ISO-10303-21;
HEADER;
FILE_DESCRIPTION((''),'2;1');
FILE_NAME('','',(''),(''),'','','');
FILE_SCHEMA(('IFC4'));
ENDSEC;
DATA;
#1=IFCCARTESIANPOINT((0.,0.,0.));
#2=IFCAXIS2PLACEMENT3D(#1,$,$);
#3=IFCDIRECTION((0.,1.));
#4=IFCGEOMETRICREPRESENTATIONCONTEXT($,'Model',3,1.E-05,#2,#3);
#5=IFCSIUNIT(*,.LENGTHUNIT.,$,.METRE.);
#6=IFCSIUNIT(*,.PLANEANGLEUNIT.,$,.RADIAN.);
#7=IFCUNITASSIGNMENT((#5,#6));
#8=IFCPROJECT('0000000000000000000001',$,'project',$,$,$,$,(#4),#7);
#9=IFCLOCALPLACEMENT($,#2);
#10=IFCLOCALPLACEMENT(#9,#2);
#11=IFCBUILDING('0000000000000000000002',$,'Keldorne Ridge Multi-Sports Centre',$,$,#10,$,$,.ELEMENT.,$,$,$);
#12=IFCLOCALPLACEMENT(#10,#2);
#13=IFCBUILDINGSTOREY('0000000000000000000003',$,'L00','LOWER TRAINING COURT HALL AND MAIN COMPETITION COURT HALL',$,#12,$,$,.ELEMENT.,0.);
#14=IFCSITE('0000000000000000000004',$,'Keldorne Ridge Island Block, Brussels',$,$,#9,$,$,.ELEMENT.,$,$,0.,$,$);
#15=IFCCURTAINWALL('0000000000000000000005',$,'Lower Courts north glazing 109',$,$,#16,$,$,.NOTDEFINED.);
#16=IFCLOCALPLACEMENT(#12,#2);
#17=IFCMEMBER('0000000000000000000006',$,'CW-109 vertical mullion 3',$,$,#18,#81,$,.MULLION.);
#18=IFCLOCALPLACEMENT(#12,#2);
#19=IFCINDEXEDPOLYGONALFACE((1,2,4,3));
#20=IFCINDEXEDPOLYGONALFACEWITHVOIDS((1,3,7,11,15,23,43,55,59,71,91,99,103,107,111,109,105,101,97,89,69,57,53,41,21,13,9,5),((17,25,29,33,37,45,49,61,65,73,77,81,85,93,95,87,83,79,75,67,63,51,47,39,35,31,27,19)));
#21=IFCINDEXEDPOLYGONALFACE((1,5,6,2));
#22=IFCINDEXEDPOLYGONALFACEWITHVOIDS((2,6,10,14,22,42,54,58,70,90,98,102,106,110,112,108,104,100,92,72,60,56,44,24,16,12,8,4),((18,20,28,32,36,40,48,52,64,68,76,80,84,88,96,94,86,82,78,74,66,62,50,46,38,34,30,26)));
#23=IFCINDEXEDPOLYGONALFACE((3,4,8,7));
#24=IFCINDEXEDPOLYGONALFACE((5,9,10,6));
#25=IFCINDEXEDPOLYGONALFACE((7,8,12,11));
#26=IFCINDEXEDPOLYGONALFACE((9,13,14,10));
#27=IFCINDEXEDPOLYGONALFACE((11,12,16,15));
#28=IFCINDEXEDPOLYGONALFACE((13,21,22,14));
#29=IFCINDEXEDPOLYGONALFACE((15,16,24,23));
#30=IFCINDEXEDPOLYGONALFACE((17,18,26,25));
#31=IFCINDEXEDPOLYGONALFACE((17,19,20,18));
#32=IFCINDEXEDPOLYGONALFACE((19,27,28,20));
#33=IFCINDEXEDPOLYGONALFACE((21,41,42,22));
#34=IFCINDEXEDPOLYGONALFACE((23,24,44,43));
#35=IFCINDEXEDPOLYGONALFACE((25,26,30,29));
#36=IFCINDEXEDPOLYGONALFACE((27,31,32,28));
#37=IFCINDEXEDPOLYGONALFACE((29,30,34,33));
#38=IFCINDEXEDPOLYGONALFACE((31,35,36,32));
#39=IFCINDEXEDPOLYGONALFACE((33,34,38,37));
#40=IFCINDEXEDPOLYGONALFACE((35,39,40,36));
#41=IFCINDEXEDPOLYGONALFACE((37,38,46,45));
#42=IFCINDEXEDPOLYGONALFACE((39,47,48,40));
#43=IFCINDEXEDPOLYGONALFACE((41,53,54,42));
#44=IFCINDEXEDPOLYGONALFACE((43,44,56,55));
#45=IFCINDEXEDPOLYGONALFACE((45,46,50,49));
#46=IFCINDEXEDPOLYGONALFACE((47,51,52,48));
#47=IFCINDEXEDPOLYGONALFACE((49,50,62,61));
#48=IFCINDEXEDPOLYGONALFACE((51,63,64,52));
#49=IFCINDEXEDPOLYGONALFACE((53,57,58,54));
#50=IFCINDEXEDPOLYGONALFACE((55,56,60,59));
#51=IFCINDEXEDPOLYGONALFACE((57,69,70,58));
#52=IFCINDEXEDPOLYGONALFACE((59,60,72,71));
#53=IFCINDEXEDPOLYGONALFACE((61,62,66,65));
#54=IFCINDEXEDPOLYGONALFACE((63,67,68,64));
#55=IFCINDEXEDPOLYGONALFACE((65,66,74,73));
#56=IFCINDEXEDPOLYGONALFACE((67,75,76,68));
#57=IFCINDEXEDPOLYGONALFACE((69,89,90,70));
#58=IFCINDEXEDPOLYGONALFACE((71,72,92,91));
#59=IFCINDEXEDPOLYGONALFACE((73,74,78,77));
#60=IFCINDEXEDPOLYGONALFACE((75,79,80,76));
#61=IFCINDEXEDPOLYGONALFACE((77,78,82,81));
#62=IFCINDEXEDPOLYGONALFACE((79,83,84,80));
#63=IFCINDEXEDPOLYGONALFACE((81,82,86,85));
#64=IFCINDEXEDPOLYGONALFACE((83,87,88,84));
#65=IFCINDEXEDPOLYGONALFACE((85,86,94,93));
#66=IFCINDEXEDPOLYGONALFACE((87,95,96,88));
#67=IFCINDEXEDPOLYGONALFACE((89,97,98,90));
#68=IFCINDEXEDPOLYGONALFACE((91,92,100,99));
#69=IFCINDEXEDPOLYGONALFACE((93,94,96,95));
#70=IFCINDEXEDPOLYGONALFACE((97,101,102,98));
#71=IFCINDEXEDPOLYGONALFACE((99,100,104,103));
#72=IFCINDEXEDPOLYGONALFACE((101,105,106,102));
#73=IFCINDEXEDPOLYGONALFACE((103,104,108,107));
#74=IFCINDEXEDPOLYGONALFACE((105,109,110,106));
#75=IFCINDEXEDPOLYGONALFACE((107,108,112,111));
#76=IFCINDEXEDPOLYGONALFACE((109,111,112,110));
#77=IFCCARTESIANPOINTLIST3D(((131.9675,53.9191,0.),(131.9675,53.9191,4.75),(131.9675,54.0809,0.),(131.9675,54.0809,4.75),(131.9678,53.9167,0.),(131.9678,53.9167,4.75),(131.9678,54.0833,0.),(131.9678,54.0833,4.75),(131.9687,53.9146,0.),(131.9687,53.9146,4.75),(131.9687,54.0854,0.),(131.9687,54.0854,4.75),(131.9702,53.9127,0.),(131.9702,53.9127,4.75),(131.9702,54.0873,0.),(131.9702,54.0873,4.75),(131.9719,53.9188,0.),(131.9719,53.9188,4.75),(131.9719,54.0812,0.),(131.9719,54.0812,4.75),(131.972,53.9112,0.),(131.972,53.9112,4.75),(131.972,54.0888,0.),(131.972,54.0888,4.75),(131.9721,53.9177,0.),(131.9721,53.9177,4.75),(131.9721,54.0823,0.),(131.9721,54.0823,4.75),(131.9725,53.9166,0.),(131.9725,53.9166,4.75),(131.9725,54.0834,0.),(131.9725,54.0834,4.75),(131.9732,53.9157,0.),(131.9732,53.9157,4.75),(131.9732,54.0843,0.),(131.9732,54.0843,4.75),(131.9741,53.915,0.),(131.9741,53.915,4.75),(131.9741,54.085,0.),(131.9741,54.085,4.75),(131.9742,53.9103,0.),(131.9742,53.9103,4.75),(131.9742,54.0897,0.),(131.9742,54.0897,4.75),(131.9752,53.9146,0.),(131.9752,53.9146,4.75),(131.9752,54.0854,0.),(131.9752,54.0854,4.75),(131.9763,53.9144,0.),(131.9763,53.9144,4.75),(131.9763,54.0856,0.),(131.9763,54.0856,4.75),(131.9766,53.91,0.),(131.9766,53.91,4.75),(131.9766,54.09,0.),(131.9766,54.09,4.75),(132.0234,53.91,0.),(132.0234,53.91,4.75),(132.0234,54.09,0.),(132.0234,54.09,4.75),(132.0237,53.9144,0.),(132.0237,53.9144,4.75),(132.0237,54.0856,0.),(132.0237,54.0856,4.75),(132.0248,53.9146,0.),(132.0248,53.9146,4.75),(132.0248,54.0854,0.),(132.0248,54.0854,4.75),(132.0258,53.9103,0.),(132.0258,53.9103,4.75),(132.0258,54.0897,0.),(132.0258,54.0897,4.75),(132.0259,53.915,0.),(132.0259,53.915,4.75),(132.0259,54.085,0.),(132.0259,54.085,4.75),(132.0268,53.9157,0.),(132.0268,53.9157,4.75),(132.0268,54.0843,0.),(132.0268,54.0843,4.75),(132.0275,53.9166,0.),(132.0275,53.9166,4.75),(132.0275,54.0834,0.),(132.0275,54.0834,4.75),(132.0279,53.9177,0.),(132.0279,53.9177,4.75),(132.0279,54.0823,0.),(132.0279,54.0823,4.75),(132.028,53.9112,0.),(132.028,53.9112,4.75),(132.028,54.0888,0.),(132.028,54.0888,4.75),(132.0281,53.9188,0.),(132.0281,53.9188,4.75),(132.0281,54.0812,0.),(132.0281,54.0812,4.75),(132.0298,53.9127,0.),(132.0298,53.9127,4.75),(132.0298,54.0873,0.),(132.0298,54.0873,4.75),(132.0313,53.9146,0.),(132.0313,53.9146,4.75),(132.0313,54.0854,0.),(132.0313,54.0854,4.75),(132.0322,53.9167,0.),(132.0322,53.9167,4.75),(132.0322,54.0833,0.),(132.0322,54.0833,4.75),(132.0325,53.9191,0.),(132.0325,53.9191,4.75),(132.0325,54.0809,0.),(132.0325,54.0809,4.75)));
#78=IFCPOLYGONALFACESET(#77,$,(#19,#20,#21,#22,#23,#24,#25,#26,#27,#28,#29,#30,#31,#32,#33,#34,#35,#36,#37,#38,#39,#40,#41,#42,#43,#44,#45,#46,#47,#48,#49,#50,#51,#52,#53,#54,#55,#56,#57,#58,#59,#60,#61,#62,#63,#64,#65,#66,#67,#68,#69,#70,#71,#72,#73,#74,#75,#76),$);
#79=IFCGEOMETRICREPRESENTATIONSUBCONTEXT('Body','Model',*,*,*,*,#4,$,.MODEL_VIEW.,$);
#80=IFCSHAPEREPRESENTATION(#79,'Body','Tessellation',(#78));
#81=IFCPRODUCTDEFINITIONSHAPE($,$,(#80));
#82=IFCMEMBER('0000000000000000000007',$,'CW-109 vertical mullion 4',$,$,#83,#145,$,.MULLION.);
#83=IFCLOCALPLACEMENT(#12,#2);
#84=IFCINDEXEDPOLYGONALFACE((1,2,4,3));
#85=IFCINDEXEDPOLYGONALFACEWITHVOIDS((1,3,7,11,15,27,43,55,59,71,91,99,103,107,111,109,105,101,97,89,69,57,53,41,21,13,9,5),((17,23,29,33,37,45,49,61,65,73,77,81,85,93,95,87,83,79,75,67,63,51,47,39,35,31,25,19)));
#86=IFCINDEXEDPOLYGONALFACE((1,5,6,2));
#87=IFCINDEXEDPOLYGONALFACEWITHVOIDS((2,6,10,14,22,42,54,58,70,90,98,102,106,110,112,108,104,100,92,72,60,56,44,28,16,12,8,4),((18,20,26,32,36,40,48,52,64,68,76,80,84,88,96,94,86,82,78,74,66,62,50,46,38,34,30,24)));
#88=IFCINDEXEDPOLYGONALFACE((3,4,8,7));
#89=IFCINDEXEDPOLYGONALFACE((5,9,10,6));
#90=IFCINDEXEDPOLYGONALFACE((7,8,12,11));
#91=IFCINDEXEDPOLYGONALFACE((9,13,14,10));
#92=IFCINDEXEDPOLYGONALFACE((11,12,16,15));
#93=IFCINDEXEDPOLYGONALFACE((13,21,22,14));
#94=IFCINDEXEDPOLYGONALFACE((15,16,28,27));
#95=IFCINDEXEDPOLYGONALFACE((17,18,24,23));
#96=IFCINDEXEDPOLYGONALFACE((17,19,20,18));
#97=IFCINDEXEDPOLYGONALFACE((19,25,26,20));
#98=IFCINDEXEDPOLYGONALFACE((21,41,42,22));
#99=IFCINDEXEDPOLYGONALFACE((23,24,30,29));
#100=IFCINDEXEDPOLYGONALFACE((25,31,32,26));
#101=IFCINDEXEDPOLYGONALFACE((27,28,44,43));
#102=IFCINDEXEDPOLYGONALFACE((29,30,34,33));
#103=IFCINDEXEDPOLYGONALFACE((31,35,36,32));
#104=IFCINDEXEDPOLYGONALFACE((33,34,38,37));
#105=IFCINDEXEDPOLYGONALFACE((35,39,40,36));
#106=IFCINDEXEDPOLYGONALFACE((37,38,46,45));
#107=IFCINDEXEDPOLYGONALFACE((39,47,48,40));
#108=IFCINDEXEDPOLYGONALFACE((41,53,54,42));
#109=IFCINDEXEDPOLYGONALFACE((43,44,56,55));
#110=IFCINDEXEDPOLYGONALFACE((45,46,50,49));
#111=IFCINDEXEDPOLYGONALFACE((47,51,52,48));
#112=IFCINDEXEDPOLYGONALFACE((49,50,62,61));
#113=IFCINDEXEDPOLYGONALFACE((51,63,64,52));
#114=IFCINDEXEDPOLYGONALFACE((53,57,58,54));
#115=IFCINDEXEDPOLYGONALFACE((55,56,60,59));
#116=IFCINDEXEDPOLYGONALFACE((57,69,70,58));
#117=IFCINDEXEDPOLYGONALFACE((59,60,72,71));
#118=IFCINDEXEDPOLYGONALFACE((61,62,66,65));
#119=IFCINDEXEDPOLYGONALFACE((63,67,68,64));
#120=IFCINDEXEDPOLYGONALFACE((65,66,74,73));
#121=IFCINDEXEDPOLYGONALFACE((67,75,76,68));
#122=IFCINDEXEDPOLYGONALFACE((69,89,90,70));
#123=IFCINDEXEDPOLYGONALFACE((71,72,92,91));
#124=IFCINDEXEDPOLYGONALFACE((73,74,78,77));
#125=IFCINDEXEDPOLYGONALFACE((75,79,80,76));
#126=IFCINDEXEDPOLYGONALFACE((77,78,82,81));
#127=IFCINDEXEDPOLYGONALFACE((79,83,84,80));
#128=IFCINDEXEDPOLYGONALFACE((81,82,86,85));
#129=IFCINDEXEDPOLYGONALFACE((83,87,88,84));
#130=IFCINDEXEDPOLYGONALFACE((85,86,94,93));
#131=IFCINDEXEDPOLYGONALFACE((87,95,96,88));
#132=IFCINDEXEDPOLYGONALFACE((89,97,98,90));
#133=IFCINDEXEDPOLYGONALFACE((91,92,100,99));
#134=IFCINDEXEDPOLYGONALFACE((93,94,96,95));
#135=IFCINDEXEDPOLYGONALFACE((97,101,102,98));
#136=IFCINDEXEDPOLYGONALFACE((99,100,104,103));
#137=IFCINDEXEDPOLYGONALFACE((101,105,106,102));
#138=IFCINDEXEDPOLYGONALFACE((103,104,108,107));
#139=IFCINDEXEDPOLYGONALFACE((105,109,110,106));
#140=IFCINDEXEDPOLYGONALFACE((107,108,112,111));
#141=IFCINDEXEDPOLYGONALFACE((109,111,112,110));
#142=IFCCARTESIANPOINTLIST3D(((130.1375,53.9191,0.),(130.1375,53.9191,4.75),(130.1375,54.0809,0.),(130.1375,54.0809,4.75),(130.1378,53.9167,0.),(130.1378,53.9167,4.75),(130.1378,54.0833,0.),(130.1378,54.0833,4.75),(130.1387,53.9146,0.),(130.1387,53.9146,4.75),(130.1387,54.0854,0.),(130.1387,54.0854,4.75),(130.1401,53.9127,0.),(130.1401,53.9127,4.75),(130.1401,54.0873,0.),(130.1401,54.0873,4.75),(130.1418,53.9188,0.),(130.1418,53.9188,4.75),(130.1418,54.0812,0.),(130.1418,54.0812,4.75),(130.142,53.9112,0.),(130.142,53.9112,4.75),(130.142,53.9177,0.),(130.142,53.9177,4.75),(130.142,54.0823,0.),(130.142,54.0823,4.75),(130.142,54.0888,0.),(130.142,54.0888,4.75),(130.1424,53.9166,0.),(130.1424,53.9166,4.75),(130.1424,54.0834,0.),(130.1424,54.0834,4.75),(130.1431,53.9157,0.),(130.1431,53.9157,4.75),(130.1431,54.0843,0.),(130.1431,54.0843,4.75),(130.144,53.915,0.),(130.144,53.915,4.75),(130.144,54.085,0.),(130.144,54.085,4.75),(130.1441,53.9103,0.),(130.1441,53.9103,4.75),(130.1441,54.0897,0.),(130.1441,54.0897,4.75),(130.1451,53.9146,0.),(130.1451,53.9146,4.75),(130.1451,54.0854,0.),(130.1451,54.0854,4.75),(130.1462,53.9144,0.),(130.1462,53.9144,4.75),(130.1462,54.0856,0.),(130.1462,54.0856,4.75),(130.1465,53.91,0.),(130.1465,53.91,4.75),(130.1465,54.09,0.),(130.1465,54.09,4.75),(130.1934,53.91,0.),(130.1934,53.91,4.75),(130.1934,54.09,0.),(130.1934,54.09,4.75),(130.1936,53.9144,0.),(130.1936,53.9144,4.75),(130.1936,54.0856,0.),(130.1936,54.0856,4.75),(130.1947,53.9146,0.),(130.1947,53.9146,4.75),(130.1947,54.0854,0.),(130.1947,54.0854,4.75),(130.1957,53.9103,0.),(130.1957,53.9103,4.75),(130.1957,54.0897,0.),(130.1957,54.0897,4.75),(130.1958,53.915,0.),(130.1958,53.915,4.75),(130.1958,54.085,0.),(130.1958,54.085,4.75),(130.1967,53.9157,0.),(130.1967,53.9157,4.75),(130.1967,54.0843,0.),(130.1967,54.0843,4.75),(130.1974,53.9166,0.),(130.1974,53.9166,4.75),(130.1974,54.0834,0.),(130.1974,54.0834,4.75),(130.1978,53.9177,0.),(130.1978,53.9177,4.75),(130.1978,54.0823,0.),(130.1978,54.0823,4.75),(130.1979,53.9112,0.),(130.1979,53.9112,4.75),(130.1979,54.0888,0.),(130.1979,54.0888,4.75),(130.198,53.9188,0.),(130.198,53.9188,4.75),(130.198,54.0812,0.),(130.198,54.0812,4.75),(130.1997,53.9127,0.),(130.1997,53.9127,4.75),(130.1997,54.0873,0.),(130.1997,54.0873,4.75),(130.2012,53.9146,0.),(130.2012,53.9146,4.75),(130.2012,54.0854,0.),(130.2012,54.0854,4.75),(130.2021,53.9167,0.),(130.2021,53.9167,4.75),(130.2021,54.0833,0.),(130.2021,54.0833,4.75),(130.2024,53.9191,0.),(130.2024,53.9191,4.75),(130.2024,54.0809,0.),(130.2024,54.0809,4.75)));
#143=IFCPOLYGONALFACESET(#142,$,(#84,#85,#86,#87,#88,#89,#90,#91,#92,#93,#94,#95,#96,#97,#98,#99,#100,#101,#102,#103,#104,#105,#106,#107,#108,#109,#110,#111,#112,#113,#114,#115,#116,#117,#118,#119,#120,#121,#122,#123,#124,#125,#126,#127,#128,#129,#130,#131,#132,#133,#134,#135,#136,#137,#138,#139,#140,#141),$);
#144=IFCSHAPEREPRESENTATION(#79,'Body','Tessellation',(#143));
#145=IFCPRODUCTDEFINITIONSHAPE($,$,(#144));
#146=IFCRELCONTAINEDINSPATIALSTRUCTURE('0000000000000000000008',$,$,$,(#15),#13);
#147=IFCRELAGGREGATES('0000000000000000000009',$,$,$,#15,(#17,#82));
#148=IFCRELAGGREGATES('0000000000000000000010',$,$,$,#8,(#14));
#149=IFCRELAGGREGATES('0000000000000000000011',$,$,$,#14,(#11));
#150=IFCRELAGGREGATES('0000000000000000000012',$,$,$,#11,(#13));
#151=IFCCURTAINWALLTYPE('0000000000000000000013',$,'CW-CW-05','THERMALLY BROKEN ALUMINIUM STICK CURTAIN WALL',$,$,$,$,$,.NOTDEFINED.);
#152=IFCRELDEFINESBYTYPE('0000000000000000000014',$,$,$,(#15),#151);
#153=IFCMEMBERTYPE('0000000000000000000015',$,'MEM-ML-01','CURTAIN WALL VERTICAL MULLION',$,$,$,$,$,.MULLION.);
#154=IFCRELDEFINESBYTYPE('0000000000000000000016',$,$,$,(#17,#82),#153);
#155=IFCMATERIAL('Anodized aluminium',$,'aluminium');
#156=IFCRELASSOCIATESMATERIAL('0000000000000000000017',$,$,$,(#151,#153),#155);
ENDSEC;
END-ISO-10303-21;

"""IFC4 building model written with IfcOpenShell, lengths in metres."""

from ifc_helpers import new_model, si_unit, direction, frame, origin, origin_2d, place, context, subcontext, project, spatial, hollow_rectangle, extrude, material, material_profile, profile_set, type_object, element, aggregate, save


model = new_model("IFC4")

# Units and contexts
model_context = context("Model", 3, precision=1e-05, world=origin(), true_north=direction((0.0, 1.0)))
body_context = subcontext(model_context, "Body", "Model", "MODEL_VIEW")
ifc_project = project(units=[si_unit("LENGTHUNIT", "METRE"), si_unit("PLANEANGLEUNIT", "RADIAN")], contexts=[model_context])

# Site, building, storey
site_placement = place(None, origin())
site = spatial("IfcSite", under=ifc_project, at=site_placement, Name="Keldorne Ridge Island Block, Brussels", CompositionType="ELEMENT", RefElevation=0.0)
building_placement = place(site_placement, origin())
building = spatial("IfcBuilding", under=site, at=building_placement, Name="Keldorne Ridge Multi-Sports Centre", CompositionType="ELEMENT")
storey_placement = place(building_placement, origin())
storey = spatial("IfcBuildingStorey", under=building, at=storey_placement, Name="L00", Description="LOWER TRAINING COURT HALL AND MAIN COMPETITION COURT HALL", CompositionType="ELEMENT", Elevation=0.0)

# Curtain wall, members
ifc_material_1 = material(Name="Anodized aluminium", Category="aluminium")
curtain_wall_type = type_object("IfcCurtainWallType", Name="CW-CW-05", Description="THERMALLY BROKEN ALUMINIUM STICK CURTAIN WALL", PredefinedType="NOTDEFINED", material=ifc_material_1)
curtain_wall_placement = place(storey_placement, origin())
curtain_wall = element("IfcCurtainWall", 1, at=curtain_wall_placement, inside=storey, type_object=curtain_wall_type, Name="Lower Courts north glazing 109", PredefinedType="NOTDEFINED")
ifc_material_profile_1 = material_profile(ifc_material_1, hollow_rectangle(XDim=0.0649, YDim=0.1799, WallThickness=0.0044, InnerFilletRadius=0.0044, OuterFilletRadius=0.009, at=origin_2d()), Name="ALU MULLION 180x65x4.5")
ifc_profile_set_1 = profile_set([ifc_material_profile_1], Name="Anodized aluminium")
member_type_1 = type_object("IfcMemberType", Name="MEM-ML-01", Description="CURTAIN WALL VERTICAL MULLION", PredefinedType="MULLION", material=ifc_profile_set_1)
member_1_placement = place(storey_placement, frame((132.0, 54.0, 0.0), z_axis=(0.0, 0.0, 1.0), x_axis=(1.0, 0.0, 0.0)))
member_1 = element("IfcMember", 2, at=member_1_placement, type_object=member_type_1, Name="CW-109 vertical mullion 3", PredefinedType="MULLION", context=body_context, shape_type="SweptSolid", body=[
    extrude(hollow_rectangle(XDim=0.0649, YDim=0.1799, WallThickness=0.0044, InnerFilletRadius=0.0044, OuterFilletRadius=0.009, at=origin_2d()), origin(), (0.0, 0.0, 1.0), 4.75),
])
member_2_placement = place(storey_placement, frame((130.1699, 54.0, 0.0), z_axis=(0.0, 0.0, 1.0), x_axis=(1.0, 0.0, 0.0)))
member_2 = element("IfcMember", 3, at=member_2_placement, type_object=member_type_1, Name="CW-109 vertical mullion 4", PredefinedType="MULLION", context=body_context, shape_type="SweptSolid", body=[
    extrude(hollow_rectangle(XDim=0.0649, YDim=0.1799, WallThickness=0.0044, InnerFilletRadius=0.0044, OuterFilletRadius=0.009, at=origin_2d()), origin(), (0.0, 0.0, 1.0), 4.75),
])
aggregate(curtain_wall, [member_1, member_2])

save(model, "model.ifc")
